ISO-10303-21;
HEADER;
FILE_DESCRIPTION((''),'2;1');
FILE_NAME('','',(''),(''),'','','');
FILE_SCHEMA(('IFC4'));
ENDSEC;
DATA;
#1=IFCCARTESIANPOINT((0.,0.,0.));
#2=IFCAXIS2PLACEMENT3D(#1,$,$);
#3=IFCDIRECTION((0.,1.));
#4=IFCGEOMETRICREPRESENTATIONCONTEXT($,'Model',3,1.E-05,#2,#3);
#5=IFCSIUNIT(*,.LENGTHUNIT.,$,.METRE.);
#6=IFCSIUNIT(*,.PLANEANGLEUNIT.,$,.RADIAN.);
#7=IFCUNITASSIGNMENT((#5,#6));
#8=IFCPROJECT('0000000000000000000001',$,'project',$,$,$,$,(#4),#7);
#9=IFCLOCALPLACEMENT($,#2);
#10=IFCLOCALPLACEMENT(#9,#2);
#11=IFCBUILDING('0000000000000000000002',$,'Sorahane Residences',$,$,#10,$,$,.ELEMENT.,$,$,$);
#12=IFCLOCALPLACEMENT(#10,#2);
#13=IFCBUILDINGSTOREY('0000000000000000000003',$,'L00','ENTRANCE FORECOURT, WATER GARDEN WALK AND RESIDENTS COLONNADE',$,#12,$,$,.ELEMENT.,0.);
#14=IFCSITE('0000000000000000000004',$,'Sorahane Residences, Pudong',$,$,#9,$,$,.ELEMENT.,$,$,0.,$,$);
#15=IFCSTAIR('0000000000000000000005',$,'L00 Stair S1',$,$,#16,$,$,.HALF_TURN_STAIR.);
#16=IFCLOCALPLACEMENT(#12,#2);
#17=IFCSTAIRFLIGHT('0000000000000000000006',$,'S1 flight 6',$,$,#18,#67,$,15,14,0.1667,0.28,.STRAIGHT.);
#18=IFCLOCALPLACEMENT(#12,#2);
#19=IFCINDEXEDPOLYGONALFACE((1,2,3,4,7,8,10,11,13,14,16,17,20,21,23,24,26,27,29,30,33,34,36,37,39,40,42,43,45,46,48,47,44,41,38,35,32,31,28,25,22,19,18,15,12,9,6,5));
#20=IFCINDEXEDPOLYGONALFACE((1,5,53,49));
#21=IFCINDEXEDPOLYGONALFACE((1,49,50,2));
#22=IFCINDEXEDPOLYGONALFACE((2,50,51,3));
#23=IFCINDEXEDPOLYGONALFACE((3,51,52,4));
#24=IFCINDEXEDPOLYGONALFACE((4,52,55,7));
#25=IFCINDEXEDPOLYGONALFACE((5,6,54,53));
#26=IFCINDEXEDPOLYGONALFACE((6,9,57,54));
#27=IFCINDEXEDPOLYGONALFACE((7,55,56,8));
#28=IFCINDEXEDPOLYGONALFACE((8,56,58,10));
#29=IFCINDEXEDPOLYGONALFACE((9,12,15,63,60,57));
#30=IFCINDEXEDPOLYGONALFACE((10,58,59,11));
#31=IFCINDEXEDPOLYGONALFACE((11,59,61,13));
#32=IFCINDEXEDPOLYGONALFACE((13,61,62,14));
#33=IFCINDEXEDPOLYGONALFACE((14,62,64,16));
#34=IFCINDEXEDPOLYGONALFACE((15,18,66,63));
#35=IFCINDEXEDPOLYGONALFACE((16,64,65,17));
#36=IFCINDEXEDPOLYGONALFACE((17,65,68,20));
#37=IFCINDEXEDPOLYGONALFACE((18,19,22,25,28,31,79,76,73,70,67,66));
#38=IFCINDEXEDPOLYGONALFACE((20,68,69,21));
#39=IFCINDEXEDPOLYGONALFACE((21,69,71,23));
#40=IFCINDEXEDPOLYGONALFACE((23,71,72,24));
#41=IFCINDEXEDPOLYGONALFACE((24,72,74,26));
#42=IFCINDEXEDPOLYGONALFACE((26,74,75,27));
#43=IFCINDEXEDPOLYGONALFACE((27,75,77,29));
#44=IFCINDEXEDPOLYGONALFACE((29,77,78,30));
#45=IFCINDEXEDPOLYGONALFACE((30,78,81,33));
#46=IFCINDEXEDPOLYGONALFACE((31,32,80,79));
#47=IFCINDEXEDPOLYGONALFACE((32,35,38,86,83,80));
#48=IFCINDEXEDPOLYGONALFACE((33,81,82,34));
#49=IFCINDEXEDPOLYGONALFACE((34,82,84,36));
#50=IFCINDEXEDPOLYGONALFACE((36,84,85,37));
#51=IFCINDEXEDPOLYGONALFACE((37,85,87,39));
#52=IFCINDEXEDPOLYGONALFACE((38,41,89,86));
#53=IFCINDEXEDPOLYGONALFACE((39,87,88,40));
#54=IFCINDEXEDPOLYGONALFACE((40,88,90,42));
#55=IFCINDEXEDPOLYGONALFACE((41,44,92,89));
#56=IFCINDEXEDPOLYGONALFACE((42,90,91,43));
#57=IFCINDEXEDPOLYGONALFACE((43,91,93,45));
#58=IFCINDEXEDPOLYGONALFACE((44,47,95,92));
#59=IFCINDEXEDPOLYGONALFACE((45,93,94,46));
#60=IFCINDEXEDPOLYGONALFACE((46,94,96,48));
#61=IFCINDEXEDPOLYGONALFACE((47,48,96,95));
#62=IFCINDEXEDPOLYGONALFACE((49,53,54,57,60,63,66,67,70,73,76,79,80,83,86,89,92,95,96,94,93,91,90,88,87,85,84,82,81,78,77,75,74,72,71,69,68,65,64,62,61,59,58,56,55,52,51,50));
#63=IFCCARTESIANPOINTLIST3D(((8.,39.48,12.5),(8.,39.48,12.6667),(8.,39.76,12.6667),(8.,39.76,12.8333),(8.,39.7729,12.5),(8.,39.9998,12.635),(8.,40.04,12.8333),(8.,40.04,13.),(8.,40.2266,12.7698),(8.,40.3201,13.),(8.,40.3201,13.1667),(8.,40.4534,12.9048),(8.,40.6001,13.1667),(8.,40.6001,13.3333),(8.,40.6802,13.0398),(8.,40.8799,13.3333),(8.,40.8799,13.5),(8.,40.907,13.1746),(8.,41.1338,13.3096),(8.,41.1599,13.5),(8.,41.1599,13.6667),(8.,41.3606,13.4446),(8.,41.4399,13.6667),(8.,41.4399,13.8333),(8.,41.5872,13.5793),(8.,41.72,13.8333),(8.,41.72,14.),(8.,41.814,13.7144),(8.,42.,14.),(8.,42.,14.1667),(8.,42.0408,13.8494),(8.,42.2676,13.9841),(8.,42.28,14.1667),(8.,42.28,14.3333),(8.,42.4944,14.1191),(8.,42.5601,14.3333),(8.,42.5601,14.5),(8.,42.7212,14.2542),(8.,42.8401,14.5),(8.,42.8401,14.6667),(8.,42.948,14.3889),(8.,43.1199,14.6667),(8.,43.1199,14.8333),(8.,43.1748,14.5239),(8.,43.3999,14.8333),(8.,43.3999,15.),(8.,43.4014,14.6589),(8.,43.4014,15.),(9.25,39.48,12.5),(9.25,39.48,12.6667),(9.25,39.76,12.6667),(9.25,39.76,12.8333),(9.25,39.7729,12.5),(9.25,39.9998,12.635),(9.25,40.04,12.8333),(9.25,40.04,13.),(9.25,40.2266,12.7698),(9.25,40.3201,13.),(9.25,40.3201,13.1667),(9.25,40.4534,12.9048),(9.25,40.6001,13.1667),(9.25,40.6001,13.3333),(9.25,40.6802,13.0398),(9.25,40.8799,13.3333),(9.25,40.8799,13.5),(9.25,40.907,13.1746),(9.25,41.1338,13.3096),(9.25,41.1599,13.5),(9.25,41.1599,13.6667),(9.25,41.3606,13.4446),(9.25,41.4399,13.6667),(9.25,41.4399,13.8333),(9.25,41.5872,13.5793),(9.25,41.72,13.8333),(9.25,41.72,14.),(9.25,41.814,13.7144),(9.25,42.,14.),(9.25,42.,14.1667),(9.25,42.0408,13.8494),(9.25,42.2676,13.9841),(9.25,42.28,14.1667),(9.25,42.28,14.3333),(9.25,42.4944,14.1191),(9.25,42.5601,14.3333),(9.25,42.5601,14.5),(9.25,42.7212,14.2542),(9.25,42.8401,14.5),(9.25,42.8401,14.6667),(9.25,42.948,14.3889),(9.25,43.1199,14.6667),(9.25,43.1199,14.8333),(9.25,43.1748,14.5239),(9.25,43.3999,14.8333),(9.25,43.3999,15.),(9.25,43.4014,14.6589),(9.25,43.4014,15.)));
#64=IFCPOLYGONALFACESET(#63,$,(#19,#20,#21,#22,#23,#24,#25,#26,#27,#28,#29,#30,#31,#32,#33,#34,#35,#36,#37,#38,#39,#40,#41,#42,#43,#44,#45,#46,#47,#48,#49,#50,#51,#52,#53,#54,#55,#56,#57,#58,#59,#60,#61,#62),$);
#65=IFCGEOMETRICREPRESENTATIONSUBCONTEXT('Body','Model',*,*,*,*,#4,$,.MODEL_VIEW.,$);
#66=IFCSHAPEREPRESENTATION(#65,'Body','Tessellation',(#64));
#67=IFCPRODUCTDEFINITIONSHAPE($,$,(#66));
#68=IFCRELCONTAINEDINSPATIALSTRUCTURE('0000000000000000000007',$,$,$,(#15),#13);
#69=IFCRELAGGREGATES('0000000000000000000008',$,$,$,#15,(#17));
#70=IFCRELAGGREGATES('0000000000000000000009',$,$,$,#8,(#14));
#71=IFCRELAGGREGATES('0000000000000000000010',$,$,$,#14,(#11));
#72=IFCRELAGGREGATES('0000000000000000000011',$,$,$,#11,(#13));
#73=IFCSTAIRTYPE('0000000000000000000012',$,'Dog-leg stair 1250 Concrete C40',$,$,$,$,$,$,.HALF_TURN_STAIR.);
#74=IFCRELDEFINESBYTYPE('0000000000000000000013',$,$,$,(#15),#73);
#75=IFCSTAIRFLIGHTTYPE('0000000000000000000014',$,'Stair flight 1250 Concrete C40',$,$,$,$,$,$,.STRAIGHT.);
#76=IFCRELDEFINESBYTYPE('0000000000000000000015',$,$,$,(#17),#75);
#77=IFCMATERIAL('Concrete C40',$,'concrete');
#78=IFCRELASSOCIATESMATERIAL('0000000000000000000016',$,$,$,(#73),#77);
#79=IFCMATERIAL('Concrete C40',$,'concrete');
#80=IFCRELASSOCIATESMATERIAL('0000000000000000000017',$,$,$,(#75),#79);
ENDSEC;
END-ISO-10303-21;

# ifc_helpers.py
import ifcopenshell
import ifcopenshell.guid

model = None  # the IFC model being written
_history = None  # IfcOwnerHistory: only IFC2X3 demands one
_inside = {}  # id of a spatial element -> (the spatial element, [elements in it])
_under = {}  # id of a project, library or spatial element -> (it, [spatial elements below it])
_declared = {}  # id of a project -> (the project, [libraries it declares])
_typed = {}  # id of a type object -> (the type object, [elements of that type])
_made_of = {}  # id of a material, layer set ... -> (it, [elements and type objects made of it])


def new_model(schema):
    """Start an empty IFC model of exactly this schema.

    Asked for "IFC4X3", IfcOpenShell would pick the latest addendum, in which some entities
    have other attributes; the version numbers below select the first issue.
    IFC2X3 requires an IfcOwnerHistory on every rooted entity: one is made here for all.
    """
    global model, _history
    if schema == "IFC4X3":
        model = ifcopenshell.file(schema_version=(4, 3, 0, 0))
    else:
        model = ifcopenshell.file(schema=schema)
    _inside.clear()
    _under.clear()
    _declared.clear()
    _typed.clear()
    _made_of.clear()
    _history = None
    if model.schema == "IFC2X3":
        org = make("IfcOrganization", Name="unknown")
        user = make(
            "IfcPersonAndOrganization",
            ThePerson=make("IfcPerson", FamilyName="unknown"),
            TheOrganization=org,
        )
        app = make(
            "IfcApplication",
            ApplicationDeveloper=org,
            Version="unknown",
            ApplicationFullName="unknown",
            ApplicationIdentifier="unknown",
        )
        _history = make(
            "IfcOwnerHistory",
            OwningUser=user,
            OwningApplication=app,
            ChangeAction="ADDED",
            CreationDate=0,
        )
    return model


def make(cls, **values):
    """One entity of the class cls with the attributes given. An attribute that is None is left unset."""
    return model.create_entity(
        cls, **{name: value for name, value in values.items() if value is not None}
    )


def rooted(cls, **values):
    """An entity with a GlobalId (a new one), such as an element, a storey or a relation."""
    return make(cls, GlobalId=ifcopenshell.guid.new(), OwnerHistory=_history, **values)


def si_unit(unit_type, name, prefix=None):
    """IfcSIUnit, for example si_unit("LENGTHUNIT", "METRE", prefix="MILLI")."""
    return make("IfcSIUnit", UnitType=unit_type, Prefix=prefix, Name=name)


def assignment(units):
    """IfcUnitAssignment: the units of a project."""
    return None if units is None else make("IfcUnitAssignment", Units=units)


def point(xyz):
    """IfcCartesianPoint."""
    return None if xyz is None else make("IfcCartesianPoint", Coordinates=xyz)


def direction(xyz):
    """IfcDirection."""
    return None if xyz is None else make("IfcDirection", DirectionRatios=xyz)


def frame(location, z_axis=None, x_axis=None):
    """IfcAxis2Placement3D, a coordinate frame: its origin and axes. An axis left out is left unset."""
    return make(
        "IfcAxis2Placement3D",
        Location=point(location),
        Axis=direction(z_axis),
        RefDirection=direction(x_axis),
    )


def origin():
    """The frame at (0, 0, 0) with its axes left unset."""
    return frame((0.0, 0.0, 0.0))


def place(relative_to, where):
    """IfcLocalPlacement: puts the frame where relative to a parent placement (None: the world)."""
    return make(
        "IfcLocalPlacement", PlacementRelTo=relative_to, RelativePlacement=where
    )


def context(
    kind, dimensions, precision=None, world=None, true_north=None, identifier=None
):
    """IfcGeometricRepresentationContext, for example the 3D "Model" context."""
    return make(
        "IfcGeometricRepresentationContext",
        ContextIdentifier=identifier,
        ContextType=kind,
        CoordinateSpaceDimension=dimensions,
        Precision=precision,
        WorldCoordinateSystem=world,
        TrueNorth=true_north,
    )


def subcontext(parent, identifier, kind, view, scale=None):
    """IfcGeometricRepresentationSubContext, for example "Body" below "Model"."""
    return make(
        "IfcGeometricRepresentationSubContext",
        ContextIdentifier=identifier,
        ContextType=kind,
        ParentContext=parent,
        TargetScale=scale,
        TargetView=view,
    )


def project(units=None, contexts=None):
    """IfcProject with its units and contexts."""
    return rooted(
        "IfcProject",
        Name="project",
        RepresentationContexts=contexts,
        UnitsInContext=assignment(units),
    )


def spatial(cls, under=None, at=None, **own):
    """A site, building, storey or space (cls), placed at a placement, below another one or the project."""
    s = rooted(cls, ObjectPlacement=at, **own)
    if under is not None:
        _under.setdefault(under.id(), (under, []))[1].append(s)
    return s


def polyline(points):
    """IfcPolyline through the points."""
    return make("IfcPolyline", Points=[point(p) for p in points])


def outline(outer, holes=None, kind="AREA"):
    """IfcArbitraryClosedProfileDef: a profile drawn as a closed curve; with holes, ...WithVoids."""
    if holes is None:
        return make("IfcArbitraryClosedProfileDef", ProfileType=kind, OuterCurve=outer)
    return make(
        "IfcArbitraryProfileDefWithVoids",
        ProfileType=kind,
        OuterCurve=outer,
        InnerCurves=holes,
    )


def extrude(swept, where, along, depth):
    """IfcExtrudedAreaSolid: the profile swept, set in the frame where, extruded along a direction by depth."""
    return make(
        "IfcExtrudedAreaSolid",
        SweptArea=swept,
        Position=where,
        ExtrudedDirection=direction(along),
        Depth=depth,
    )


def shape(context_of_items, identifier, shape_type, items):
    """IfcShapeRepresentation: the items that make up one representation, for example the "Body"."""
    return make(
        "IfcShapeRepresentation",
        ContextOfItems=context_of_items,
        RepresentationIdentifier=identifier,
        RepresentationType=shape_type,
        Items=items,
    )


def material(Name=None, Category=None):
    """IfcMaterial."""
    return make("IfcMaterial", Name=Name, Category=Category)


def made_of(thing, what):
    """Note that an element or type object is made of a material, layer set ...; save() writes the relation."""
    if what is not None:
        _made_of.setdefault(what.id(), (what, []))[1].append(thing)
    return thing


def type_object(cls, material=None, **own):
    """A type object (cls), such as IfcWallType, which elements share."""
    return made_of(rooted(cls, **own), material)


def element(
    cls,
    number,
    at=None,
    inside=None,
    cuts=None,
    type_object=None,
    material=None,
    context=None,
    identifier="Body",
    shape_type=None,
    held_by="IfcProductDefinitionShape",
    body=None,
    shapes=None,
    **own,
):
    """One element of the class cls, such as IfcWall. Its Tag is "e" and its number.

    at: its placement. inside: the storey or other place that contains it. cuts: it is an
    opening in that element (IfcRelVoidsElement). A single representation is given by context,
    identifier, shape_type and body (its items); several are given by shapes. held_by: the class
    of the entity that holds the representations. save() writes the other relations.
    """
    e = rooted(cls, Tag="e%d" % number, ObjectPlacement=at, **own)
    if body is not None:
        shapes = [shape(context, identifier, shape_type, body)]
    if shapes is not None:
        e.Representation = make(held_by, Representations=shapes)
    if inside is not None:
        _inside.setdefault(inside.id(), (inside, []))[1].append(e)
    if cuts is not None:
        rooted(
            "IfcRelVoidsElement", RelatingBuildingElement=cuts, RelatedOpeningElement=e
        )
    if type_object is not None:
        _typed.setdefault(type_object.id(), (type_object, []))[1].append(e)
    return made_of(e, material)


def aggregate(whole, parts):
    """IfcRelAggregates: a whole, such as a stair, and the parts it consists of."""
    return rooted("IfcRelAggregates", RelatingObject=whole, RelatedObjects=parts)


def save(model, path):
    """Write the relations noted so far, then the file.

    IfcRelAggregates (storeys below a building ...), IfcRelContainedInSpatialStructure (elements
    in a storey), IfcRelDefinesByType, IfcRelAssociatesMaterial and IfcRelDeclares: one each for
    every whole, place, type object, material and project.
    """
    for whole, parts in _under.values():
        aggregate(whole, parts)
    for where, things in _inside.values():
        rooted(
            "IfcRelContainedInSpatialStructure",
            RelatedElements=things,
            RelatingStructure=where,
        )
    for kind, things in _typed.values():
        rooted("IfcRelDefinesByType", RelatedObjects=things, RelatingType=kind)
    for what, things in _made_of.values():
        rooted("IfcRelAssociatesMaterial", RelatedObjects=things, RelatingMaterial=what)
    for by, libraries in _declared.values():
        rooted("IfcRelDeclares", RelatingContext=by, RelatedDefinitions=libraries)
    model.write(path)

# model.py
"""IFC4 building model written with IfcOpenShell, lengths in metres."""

from ifc_helpers import new_model, si_unit, direction, frame, origin, place, context, subcontext, project, spatial, polyline, outline, extrude, material, type_object, element, aggregate, save


model = new_model("IFC4")

# Units and contexts
model_context = context("Model", 3, precision=1e-05, world=origin(), true_north=direction((0.0, 1.0)))
body_context = subcontext(model_context, "Body", "Model", "MODEL_VIEW")
ifc_project = project(units=[si_unit("LENGTHUNIT", "METRE"), si_unit("PLANEANGLEUNIT", "RADIAN")], contexts=[model_context])

# Site, building, storey
site_placement = place(None, origin())
site = spatial("IfcSite", under=ifc_project, at=site_placement, Name="Sorahane Residences, Pudong", CompositionType="ELEMENT", RefElevation=0.0)
building_placement = place(site_placement, origin())
building = spatial("IfcBuilding", under=site, at=building_placement, Name="Sorahane Residences", CompositionType="ELEMENT")
storey_placement = place(building_placement, origin())
storey = spatial("IfcBuildingStorey", under=building, at=storey_placement, Name="L00", Description="ENTRANCE FORECOURT, WATER GARDEN WALK AND RESIDENTS COLONNADE", CompositionType="ELEMENT", Elevation=0.0)

# Stair, stair flight
ifc_material_1 = material(Name="Concrete C40", Category="concrete")
stair_type = type_object("IfcStairType", Name="Dog-leg stair 1250 Concrete C40", PredefinedType="HALF_TURN_STAIR", material=ifc_material_1)
stair_placement = place(storey_placement, origin())
stair = element("IfcStair", 1, at=stair_placement, inside=storey, type_object=stair_type, Name="L00 Stair S1", PredefinedType="HALF_TURN_STAIR")
ifc_material_2 = material(Name="Concrete C40", Category="concrete")
stair_flight_type = type_object("IfcStairFlightType", Name="Stair flight 1250 Concrete C40", PredefinedType="STRAIGHT", material=ifc_material_2)
stair_flight_1_placement = place(storey_placement, frame((8.625, 39.48, 12.5), z_axis=(0.0, 0.0, 1.0), x_axis=(0.0, 1.0, 0.0)))
stair_flight_1 = element("IfcStairFlight", 2, at=stair_flight_1_placement, type_object=stair_flight_type, Name="S1 flight 6", NumberOfRisers=15, NumberOfTreads=14, PredefinedType="STRAIGHT", RiserHeight=0.1667, TreadLength=0.28, context=body_context, shape_type="SweptSolid", body=[
    extrude(outline(polyline([(0.0, 0.0), (0.0, 0.1667), (0.28, 0.1667), (0.28, 0.3333), (0.5601, 0.3333), (0.5601, 0.5), (0.8401, 0.5), (0.8401, 0.6667), (1.1201, 0.6667), (1.1201, 0.8333), (1.3999, 0.8333), (1.3999, 1.0), (1.6799, 1.0), (1.6799, 1.1667), (1.96, 1.1667), (1.96, 1.3333), (2.24, 1.3333), (2.24, 1.5), (2.52, 1.5), (2.52, 1.6667), (2.8, 1.6667), (2.8, 1.8333), (3.0801, 1.8333), (3.0801, 2.0), (3.3601, 2.0), (3.3601, 2.1667), (3.6399, 2.1667), (3.6399, 2.3333), (3.9199, 2.3333), (3.9199, 2.5), (3.9214, 2.5), (3.9214, 2.1589), (3.6948, 2.0239), (3.468, 1.8889), (3.2412, 1.7542), (3.0144, 1.6191), (2.7876, 1.4841), (2.5608, 1.3494), (2.334, 1.2144), (2.1072, 1.0793), (1.8806, 0.9446), (1.6538, 0.8096), (1.427, 0.6746), (1.2002, 0.5398), (0.9734, 0.4048), (0.7466, 0.2698), (0.5198, 0.135), (0.293, 0.0), (0.0, 0.0)])), frame((0.0, 0.625, 0.0), z_axis=(0.0, -1.0, 0.0), x_axis=(1.0, 0.0, 0.0)), (0.0, 0.0, 1.0), 1.25),
])
aggregate(stair, [stair_flight_1])

save(model, "model.ifc")
